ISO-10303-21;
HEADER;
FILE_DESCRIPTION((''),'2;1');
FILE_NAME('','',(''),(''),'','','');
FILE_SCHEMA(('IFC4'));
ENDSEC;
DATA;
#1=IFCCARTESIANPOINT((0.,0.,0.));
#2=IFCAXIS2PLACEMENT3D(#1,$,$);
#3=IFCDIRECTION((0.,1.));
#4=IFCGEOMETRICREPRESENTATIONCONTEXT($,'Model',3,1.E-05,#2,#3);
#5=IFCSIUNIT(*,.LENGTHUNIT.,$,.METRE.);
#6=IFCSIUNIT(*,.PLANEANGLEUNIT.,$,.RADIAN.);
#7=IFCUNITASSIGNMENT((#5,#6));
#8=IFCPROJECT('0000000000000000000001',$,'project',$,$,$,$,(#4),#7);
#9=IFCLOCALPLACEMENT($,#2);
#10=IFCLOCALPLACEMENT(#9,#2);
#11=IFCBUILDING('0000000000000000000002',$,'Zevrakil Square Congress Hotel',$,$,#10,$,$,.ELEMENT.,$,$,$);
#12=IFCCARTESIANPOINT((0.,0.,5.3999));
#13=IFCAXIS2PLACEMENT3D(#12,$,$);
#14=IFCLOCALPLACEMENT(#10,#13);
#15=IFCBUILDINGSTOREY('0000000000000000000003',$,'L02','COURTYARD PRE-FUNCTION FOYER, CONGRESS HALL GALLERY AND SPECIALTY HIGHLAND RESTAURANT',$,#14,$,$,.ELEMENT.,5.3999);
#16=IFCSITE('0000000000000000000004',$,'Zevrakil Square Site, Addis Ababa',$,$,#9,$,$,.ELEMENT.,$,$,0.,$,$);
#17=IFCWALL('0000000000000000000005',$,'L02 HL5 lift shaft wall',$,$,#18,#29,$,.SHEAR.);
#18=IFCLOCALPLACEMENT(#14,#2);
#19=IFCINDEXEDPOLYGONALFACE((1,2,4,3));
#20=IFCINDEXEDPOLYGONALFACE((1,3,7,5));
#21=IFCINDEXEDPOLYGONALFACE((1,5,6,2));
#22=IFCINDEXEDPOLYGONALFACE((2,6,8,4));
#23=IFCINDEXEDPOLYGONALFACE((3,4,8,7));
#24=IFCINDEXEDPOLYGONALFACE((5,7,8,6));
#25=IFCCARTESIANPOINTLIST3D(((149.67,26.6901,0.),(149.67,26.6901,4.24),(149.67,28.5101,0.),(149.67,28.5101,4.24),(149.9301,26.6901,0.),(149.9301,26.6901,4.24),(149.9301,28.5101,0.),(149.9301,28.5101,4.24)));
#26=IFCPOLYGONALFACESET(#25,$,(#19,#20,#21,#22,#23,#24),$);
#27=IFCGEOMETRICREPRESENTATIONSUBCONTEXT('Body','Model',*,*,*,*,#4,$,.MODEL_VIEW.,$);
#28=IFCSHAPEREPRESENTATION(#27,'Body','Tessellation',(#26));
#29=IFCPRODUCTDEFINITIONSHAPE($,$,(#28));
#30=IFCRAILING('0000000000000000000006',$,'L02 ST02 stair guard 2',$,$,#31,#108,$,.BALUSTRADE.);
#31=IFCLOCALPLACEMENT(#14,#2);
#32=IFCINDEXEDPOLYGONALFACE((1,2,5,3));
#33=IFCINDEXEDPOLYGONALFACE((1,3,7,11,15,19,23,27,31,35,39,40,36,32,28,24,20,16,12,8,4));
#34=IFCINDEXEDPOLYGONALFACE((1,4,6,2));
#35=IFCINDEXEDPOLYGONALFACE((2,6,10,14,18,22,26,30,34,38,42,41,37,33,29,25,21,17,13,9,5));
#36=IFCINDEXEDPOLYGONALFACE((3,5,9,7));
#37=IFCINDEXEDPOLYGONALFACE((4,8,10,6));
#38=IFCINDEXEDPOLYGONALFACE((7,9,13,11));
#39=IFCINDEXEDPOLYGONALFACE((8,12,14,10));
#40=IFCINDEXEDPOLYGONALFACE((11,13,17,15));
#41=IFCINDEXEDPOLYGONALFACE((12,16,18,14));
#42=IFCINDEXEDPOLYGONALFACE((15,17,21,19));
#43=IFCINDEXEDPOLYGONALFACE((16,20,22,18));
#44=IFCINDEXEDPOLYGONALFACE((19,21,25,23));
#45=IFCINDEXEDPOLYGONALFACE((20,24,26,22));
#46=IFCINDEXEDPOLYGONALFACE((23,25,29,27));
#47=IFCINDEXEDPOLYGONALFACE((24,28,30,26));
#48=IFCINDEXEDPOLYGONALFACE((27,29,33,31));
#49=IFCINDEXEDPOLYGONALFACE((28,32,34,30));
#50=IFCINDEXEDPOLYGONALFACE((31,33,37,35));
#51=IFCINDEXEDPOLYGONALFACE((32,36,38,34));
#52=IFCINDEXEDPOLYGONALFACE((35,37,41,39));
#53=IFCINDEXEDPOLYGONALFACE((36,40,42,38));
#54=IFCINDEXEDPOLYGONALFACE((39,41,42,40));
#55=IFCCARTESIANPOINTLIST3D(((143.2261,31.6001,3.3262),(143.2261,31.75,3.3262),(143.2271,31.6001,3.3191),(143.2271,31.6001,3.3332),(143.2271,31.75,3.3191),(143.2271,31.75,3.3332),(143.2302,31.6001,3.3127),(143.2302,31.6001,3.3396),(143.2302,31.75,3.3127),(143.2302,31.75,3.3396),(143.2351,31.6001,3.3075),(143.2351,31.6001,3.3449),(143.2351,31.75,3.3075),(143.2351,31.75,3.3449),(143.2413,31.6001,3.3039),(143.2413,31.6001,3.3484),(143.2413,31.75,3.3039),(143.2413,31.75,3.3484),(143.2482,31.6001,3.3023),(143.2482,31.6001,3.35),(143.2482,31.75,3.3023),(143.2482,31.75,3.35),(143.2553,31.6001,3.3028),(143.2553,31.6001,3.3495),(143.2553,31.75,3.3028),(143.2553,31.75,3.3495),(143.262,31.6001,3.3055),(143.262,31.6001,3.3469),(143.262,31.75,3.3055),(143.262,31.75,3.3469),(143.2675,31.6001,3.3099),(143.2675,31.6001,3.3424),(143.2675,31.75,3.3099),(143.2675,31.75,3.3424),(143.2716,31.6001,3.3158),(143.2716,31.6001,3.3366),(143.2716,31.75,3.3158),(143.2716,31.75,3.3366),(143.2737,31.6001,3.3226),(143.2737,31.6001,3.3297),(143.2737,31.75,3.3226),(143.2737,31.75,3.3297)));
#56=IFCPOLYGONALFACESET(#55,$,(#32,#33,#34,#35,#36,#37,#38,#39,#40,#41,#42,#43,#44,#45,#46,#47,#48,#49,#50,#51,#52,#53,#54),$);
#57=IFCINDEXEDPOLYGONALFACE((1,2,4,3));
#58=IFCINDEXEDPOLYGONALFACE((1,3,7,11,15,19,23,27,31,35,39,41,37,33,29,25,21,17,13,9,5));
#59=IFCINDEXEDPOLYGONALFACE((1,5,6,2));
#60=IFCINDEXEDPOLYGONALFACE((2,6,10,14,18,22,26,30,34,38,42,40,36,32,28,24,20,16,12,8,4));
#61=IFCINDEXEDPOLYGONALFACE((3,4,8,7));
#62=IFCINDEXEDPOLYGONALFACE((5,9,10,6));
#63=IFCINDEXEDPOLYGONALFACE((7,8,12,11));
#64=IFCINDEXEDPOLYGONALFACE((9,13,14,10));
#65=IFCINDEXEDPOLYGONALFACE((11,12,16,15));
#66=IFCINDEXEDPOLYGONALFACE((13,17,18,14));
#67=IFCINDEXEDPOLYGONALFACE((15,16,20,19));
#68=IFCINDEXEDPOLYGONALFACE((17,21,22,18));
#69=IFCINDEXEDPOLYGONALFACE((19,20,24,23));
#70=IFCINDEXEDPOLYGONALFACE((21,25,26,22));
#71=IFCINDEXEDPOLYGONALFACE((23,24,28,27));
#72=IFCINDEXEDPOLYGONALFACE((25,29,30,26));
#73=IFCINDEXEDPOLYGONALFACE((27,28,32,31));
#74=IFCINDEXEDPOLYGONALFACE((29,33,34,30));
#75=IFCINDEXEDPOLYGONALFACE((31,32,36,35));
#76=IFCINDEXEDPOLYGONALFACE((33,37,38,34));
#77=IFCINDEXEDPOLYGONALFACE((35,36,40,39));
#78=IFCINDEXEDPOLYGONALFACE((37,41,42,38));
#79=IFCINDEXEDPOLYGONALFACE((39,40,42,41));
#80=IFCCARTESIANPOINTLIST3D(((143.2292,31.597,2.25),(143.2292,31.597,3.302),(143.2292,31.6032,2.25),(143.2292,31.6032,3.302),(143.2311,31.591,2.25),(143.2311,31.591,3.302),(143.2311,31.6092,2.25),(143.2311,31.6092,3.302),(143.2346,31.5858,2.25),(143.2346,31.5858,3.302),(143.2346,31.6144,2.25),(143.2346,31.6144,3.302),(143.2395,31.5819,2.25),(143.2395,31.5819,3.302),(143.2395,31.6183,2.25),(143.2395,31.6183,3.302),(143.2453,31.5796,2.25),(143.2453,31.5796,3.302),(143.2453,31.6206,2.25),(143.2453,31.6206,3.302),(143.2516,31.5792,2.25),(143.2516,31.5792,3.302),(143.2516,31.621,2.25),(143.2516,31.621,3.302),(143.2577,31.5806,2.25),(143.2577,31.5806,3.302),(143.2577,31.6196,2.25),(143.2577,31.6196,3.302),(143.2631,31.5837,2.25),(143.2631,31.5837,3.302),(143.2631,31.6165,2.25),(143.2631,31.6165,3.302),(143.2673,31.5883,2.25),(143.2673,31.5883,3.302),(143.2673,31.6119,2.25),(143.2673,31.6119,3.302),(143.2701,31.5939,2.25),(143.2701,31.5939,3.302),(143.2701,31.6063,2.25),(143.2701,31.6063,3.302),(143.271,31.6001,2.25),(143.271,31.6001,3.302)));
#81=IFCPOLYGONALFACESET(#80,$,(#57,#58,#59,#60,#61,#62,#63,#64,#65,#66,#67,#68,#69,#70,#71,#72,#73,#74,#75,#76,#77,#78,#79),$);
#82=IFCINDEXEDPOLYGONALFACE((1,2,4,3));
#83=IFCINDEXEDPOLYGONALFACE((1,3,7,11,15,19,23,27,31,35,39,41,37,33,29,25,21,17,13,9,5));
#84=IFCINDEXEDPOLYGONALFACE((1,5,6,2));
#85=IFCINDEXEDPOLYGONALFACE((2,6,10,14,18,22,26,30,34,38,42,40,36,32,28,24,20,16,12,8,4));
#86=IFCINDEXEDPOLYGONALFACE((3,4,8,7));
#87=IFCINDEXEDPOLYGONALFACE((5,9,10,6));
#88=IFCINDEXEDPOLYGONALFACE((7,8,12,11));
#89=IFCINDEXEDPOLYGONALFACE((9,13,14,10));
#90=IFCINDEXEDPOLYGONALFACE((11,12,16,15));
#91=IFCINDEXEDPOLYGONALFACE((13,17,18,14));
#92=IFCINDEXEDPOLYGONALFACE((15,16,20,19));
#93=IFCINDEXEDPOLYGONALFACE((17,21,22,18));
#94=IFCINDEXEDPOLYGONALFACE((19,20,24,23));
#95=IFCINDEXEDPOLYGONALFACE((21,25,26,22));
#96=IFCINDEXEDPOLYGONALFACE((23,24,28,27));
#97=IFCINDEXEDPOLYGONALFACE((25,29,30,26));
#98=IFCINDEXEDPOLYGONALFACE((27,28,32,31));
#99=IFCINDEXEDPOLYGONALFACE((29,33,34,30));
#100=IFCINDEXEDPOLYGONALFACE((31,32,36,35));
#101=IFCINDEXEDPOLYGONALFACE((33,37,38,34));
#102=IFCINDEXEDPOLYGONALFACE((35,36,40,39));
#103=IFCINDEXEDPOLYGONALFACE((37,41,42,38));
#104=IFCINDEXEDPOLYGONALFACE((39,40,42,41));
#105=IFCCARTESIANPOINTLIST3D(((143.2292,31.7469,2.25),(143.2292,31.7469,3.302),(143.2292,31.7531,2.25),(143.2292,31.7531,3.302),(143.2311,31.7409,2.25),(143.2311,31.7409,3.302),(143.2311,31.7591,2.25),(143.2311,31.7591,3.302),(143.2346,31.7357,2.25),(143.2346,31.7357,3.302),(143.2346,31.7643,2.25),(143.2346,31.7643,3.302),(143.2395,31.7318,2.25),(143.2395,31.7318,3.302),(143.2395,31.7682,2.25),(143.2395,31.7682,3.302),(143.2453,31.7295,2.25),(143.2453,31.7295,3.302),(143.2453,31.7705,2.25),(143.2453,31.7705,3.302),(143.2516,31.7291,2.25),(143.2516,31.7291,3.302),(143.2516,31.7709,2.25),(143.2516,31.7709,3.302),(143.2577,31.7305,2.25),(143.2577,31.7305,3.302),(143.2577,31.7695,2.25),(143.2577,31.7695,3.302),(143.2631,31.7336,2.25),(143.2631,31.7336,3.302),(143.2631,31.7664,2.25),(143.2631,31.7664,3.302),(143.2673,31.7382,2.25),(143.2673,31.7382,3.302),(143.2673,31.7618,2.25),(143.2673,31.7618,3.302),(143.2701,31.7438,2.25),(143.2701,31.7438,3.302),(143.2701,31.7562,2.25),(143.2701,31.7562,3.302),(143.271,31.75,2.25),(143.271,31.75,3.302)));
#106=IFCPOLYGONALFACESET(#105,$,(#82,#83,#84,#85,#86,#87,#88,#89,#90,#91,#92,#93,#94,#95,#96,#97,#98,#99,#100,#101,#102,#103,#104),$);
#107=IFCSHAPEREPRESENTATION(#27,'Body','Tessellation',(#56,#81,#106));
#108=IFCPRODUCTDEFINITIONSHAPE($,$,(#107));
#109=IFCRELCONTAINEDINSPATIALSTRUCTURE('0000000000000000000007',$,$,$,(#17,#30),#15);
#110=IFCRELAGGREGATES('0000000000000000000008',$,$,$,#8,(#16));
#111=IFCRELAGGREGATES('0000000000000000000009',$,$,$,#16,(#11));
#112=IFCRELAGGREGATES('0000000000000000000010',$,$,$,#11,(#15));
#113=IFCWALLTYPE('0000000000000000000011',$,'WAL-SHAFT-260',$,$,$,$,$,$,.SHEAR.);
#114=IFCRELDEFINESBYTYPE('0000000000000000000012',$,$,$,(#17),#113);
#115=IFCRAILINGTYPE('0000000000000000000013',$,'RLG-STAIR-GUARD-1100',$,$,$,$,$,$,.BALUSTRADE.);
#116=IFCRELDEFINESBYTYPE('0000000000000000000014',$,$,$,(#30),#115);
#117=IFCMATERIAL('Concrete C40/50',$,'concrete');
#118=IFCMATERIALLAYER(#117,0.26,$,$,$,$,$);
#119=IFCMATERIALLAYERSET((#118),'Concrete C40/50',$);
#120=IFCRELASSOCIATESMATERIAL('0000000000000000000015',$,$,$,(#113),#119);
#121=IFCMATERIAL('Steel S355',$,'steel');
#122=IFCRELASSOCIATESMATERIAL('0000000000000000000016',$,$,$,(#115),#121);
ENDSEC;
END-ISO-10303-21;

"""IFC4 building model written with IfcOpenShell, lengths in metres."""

from ifc_helpers import new_model, si_unit, direction, frame, frame_2d, origin, origin_2d, place, context, subcontext, project, spatial, rectangle, circle, extrude, material, layer, layer_set, type_object, element, save


model = new_model("IFC4")

# Units and contexts
model_context = context("Model", 3, precision=1e-05, world=origin(), true_north=direction((0.0, 1.0)))
body_context = subcontext(model_context, "Body", "Model", "MODEL_VIEW")
ifc_project = project(units=[si_unit("LENGTHUNIT", "METRE"), si_unit("PLANEANGLEUNIT", "RADIAN")], contexts=[model_context])

# Site, building, storey
site_placement = place(None, origin())
site = spatial("IfcSite", under=ifc_project, at=site_placement, Name="Zevrakil Square Site, Addis Ababa", CompositionType="ELEMENT", RefElevation=0.0)
building_placement = place(site_placement, origin())
building = spatial("IfcBuilding", under=site, at=building_placement, Name="Zevrakil Square Congress Hotel", CompositionType="ELEMENT")
storey_placement = place(building_placement, frame((0.0, 0.0, 5.3999)))
storey = spatial("IfcBuildingStorey", under=building, at=storey_placement, Name="L02", Description="COURTYARD PRE-FUNCTION FOYER, CONGRESS HALL GALLERY AND SPECIALTY HIGHLAND RESTAURANT", CompositionType="ELEMENT", Elevation=5.3999)

# Shared definitions
ifc_material_1 = material(Name="Concrete C40/50", Category="concrete")
ifc_layer = layer(ifc_material_1, 0.26)
ifc_layer_set = layer_set([ifc_layer], Name="Concrete C40/50")
wall_type = type_object("IfcWallType", Name="WAL-SHAFT-260", PredefinedType="SHEAR", material=ifc_layer_set)

# Wall
wall_1_placement = place(storey_placement, frame((149.8, 26.6899, 0.0), z_axis=(0.0, 0.0, 1.0), x_axis=(0.0, 1.0, 0.0)))
element("IfcWall", 1, at=wall_1_placement, inside=storey, type_object=wall_type, Name="L02 HL5 lift shaft wall", PredefinedType="SHEAR", context=body_context, shape_type="SweptSolid", body=[
    extrude(rectangle(XDim=1.8201, YDim=0.26, at=frame_2d((0.9102, 0.0))), origin(), (0.0, 0.0, 1.0), 4.24),
])

# Railing
ifc_material_2 = material(Name="Steel S355", Category="steel")
railing_type_1 = type_object("IfcRailingType", Name="RLG-STAIR-GUARD-1100", PredefinedType="BALUSTRADE", material=ifc_material_2)
railing_1_placement = place(storey_placement, frame((143.25, 31.6001, 2.25)))
element("IfcRailing", 2, at=railing_1_placement, inside=storey, type_object=railing_type_1, Name="L02 ST02 stair guard 2", PredefinedType="BALUSTRADE", context=body_context, shape_type="SweptSolid", body=[
    extrude(circle(Radius=0.0239, at=origin_2d()), frame((0.0, 0.0, 1.0762), z_axis=(0.0, 1.0, 0.0), x_axis=(-1.0, 0.0, 0.0)), (0.0, 0.0, 1.0), 0.1499),
    extrude(circle(Radius=0.021, at=origin_2d()), origin(), (0.0, 0.0, 1.0), 1.052),
    extrude(circle(Radius=0.021, at=origin_2d()), frame((0.0, 0.1499, 0.0)), (0.0, 0.0, 1.0), 1.052),
])

save(model, "model.ifc")
